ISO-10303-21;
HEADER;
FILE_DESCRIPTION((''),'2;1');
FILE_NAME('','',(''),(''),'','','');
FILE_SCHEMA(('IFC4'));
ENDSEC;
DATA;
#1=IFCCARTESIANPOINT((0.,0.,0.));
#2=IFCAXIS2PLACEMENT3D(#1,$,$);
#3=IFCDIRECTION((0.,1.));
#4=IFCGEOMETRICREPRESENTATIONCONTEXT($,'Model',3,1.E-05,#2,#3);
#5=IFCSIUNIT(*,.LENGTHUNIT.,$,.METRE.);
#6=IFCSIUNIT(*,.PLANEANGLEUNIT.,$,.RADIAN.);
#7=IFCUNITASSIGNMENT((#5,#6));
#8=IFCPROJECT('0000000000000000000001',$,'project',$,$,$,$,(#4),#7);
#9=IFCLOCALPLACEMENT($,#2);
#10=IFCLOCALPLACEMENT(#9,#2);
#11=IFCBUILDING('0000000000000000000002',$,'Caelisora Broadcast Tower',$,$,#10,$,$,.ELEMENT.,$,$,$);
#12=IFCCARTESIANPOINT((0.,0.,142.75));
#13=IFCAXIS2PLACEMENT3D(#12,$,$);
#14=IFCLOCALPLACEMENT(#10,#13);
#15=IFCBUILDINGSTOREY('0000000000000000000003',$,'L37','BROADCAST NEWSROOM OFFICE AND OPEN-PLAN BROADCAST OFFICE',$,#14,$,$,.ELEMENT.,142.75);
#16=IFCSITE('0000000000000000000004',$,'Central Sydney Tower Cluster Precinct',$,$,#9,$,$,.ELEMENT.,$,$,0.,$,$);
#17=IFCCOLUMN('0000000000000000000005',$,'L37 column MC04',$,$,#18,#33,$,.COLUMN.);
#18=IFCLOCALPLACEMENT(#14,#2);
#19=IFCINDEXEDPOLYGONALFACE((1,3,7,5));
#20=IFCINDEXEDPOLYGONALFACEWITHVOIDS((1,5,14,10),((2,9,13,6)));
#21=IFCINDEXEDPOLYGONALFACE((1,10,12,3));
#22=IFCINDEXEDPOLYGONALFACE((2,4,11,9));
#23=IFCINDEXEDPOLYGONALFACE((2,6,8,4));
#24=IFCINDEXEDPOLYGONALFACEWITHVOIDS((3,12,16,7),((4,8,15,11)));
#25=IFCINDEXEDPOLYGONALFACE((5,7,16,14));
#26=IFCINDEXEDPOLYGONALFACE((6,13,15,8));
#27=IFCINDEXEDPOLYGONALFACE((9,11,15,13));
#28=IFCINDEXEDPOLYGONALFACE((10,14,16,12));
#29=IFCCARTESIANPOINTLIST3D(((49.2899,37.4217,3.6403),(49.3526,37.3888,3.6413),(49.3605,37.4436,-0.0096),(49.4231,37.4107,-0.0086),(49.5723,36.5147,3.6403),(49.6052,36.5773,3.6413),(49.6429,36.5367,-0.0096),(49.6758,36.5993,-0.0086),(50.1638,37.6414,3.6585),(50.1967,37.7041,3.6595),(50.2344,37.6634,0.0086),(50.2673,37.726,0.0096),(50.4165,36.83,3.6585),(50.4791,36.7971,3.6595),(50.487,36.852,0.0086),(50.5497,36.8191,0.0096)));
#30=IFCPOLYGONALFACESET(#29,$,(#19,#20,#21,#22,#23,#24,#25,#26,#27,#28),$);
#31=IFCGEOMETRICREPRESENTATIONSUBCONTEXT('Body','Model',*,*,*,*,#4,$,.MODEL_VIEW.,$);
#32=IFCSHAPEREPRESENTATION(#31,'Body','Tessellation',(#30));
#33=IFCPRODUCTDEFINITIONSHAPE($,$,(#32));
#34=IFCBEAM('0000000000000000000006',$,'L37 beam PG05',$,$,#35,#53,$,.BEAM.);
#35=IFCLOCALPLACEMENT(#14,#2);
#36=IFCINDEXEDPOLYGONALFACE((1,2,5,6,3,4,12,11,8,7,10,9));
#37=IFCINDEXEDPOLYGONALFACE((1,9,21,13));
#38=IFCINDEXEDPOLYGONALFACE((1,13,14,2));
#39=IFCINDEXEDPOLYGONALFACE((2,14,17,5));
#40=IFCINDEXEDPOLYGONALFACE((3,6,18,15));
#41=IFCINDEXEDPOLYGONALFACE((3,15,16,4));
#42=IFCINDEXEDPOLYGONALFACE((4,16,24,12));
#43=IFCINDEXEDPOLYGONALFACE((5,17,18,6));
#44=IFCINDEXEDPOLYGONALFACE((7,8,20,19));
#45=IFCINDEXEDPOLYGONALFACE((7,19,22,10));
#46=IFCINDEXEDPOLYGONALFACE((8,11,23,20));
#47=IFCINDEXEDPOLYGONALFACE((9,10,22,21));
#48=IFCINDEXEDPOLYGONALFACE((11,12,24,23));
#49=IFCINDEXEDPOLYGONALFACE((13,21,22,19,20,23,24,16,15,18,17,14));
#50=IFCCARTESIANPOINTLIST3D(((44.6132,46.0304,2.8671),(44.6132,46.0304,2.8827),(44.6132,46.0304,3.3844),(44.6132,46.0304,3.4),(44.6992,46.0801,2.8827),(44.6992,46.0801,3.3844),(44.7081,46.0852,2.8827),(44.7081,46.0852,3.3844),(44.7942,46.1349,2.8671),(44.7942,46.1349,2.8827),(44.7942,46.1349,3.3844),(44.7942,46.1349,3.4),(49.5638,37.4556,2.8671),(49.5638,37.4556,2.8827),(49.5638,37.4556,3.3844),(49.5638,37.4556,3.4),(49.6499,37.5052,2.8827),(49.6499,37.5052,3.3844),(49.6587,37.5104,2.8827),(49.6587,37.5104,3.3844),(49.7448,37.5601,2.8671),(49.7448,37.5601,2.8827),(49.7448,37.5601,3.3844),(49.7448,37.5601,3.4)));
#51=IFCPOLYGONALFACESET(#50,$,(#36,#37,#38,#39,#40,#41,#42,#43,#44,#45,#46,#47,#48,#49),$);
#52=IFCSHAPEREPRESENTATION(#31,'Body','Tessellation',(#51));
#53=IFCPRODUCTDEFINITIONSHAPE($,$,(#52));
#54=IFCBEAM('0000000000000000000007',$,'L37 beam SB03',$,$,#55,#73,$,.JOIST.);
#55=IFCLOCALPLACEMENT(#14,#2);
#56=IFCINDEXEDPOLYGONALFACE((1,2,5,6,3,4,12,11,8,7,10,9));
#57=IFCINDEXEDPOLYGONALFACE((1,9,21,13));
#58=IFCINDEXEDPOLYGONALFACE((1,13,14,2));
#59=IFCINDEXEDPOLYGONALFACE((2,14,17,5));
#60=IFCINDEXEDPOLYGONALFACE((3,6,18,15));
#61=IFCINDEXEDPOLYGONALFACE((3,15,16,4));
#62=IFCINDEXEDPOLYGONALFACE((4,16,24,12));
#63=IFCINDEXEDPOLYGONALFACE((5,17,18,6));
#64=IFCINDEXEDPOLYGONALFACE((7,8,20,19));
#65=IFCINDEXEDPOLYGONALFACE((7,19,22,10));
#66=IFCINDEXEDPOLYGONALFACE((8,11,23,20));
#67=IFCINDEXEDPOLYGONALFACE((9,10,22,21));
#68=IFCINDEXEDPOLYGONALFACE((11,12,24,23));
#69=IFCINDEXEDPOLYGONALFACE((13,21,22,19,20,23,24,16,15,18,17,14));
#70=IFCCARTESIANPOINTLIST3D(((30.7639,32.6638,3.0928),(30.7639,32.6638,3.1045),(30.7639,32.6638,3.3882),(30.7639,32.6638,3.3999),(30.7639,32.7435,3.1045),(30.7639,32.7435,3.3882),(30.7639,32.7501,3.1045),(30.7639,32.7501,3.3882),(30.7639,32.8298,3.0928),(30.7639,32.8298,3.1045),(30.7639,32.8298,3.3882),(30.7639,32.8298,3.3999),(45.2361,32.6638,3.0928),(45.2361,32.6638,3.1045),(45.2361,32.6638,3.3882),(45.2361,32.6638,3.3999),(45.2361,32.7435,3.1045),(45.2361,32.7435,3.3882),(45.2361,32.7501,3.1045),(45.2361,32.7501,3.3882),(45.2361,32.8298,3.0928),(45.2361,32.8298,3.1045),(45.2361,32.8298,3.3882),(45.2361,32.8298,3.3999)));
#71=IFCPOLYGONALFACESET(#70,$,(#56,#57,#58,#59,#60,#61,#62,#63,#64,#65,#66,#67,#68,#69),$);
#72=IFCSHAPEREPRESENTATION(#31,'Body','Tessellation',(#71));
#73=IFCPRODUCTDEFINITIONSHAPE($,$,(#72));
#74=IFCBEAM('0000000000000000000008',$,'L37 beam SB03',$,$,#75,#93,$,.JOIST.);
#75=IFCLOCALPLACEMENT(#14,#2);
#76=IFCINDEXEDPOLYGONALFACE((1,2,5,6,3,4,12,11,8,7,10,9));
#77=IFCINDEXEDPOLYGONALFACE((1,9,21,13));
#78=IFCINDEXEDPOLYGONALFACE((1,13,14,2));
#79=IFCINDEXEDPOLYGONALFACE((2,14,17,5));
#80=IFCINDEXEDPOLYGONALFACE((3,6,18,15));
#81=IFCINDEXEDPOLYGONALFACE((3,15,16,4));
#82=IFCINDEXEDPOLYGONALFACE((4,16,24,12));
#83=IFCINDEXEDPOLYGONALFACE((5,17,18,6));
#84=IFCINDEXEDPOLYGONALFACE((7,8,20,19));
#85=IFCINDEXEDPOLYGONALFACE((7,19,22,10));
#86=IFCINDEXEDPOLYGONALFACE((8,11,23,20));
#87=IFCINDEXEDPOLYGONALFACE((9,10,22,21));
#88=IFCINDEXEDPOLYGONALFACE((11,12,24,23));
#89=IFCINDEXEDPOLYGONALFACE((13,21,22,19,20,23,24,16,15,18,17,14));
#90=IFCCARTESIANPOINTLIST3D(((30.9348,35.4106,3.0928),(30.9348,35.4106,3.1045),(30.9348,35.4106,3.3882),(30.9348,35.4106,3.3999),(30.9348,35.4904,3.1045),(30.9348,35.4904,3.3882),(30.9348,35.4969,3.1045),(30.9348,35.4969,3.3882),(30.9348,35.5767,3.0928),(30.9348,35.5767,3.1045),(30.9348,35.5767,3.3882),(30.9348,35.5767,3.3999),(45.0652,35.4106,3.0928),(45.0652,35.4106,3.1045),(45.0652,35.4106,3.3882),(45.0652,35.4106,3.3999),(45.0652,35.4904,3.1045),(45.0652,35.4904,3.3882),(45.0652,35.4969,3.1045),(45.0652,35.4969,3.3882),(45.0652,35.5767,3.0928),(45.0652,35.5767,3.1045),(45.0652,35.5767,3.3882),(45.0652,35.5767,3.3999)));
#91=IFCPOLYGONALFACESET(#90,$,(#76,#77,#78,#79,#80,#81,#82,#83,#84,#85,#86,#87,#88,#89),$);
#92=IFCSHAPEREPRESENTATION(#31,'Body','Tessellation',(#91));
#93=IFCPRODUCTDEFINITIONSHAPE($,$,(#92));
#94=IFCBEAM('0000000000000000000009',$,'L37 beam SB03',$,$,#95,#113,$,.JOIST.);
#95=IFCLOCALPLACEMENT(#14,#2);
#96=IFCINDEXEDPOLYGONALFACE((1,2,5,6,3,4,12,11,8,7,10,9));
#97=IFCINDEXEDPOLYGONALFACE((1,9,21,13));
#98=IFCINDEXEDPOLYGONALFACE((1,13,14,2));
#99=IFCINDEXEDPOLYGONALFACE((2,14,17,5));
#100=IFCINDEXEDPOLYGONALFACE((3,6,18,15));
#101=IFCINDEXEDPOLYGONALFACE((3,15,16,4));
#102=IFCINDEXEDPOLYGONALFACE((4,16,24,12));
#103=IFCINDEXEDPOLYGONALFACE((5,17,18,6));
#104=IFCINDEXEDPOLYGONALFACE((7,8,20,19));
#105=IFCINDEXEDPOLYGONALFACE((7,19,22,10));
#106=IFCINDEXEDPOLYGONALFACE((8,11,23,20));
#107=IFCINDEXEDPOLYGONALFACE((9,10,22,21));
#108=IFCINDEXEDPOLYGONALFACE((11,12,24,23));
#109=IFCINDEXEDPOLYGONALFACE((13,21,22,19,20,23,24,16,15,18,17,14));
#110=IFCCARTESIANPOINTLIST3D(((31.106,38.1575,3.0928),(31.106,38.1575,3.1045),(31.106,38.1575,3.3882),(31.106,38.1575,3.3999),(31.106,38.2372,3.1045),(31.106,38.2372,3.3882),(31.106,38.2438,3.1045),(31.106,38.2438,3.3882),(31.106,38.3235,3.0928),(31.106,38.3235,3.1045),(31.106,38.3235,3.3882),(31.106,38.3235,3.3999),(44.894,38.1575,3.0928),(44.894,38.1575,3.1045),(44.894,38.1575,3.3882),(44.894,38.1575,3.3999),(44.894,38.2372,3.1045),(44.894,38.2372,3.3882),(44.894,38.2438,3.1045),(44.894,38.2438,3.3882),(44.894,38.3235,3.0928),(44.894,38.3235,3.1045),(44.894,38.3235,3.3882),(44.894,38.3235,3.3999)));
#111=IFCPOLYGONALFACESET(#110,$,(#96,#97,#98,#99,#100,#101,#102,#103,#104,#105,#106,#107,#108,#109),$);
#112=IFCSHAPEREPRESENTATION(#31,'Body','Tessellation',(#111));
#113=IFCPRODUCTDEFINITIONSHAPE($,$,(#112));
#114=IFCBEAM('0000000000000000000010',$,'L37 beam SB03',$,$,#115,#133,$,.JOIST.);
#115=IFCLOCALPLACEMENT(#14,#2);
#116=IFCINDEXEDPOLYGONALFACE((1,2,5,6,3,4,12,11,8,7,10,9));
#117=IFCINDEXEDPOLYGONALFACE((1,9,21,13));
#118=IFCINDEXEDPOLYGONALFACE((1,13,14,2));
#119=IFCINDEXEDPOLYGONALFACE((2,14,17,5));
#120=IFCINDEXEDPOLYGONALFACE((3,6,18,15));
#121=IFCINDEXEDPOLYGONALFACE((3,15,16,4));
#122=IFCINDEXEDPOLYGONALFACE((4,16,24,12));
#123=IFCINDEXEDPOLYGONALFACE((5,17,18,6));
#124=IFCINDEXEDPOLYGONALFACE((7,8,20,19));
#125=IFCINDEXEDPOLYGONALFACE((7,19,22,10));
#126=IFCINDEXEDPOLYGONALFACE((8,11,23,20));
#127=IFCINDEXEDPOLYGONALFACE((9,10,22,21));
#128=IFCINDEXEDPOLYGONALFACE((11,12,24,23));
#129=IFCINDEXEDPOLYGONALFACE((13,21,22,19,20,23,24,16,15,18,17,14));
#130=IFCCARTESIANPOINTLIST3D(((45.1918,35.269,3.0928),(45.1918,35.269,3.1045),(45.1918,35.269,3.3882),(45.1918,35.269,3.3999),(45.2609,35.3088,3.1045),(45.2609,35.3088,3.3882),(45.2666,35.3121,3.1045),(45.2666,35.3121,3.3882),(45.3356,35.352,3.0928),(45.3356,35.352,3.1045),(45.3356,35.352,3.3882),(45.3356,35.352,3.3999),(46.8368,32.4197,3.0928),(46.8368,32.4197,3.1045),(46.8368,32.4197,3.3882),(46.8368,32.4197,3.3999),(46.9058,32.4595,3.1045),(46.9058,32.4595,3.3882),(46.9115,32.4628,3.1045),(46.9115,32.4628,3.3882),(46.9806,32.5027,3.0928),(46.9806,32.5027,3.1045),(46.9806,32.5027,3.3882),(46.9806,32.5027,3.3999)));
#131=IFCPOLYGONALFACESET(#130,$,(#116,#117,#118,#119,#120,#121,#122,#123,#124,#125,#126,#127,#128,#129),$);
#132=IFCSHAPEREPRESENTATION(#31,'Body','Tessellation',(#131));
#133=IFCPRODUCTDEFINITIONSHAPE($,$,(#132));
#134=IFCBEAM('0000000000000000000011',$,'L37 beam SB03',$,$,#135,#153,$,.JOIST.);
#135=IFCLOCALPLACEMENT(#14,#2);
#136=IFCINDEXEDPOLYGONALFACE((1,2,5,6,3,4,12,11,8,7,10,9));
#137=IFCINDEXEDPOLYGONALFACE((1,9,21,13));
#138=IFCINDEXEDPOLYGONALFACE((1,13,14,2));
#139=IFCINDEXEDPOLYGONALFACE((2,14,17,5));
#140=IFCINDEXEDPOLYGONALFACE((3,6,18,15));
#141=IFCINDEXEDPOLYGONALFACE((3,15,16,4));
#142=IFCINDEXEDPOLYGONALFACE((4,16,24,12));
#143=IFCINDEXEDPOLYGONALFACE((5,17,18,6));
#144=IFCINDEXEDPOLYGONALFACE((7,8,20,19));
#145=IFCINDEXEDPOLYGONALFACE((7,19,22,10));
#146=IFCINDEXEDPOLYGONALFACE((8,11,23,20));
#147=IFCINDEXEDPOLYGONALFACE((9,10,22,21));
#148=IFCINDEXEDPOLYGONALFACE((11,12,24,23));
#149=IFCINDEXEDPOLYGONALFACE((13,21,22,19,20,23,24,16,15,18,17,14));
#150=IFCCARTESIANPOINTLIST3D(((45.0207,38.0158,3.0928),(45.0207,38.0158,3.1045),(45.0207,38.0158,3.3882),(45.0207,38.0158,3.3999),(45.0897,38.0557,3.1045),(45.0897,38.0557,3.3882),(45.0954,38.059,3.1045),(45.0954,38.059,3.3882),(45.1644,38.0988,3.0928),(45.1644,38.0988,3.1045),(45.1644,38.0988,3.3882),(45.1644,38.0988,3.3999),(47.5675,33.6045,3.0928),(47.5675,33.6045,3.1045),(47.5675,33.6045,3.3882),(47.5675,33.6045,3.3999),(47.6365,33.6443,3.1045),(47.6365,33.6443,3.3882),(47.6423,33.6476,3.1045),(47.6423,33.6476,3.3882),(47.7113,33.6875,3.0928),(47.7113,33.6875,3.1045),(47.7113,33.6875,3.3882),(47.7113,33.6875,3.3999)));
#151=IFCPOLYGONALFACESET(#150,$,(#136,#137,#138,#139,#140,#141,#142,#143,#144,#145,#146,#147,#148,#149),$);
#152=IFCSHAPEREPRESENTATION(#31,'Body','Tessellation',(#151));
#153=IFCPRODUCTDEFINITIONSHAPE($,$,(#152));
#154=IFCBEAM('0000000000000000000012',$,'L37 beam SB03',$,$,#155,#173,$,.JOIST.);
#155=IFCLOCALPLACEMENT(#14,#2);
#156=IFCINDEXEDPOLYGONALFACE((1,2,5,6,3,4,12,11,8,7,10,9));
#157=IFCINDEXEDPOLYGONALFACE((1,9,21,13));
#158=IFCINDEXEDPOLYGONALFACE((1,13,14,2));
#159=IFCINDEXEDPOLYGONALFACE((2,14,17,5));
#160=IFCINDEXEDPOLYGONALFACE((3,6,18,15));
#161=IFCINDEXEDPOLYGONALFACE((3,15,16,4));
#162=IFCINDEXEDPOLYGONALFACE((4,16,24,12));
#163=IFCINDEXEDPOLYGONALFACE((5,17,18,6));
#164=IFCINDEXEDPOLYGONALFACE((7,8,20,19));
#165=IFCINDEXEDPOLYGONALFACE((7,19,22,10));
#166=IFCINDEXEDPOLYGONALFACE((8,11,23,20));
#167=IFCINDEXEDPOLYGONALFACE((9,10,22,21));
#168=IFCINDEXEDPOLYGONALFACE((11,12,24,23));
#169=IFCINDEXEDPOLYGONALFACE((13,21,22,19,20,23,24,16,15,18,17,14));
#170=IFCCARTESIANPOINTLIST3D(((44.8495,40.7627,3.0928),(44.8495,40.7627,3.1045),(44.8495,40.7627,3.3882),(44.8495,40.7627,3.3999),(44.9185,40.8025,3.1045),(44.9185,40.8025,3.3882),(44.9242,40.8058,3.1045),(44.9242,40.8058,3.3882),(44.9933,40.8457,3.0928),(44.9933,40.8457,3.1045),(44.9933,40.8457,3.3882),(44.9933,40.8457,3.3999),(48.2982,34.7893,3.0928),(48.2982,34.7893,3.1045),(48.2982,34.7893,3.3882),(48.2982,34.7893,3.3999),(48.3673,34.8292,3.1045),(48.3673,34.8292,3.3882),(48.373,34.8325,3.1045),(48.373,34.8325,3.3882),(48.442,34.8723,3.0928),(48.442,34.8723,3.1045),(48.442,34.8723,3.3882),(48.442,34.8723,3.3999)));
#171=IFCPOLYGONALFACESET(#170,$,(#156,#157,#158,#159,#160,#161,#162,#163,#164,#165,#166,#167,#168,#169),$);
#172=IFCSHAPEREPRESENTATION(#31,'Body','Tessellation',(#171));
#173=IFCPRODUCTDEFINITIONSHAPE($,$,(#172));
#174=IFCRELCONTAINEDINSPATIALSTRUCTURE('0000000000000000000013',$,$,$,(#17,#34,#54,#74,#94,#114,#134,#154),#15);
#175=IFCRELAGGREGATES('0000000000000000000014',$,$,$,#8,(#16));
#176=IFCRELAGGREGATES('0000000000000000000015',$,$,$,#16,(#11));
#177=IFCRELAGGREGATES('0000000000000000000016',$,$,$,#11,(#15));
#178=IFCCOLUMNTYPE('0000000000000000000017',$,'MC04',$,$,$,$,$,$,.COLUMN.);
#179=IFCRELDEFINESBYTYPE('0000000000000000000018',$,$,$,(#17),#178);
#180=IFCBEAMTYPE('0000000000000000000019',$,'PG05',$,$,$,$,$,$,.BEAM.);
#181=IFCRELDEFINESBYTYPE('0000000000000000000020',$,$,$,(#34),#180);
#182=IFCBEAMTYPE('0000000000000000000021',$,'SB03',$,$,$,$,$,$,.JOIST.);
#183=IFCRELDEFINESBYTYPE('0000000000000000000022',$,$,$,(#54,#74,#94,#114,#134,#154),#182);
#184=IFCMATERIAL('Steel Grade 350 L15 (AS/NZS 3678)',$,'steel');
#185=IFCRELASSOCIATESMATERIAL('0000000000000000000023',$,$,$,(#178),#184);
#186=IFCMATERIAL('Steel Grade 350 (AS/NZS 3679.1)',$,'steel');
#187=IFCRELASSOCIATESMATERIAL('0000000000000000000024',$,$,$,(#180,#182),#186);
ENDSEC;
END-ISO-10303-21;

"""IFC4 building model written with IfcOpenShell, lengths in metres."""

from ifc_helpers import new_model, si_unit, direction, frame, origin, origin_2d, place, context, subcontext, project, spatial, hollow_rectangle, i_section, extrude, source, transform, mapped, material, material_profile, profile_set, type_object, type_shapes, element, save


model = new_model("IFC4")

# Units and contexts
model_context = context("Model", 3, precision=1e-05, world=origin(), true_north=direction((0.0, 1.0)))
body_context = subcontext(model_context, "Body", "Model", "MODEL_VIEW")
ifc_project = project(units=[si_unit("LENGTHUNIT", "METRE"), si_unit("PLANEANGLEUNIT", "RADIAN")], contexts=[model_context])

# Site, building, storey
site_placement = place(None, origin())
site = spatial("IfcSite", under=ifc_project, at=site_placement, Name="Central Sydney Tower Cluster Precinct", CompositionType="ELEMENT", RefElevation=0.0)
building_placement = place(site_placement, origin())
building = spatial("IfcBuilding", under=site, at=building_placement, Name="Caelisora Broadcast Tower", CompositionType="ELEMENT")
storey_placement = place(building_placement, frame((0.0, 0.0, 142.75)))
storey = spatial("IfcBuildingStorey", under=building, at=storey_placement, Name="L37", Description="BROADCAST NEWSROOM OFFICE AND OPEN-PLAN BROADCAST OFFICE", CompositionType="ELEMENT", Elevation=142.75)

# Column
ifc_material_1 = material(Name="Steel Grade 350 L15 (AS/NZS 3678)", Category="steel")
ifc_material_profile_1 = material_profile(ifc_material_1, hollow_rectangle(XDim=0.95, YDim=0.95, WallThickness=0.05, at=origin_2d()), Name="Steel Grade 350 L15 (AS/NZS 3678)")
ifc_profile_set_1 = profile_set([ifc_material_profile_1], Name="Steel Grade 350 L15 (AS/NZS 3678)")
column_type = type_object("IfcColumnType", Name="MC04", PredefinedType="COLUMN", material=ifc_profile_set_1)
shared_shape_1 = source(origin(), body_context, "Body", "SweptSolid", [
    extrude(hollow_rectangle(XDim=0.95, YDim=0.95, WallThickness=0.05, at=origin_2d()), origin(), (0.0, 0.0, 1.0), 3.6506),
])
type_shapes(column_type, [shared_shape_1])
column_placement = place(storey_placement, frame((49.9551, 37.1313, 0.0), z_axis=(-0.019327, -0.006019, 0.999795), x_axis=(0.297334, -0.954773, 0.0)))
element("IfcColumn", 1, at=column_placement, inside=storey, type_object=column_type, Name="L37 column MC04", PredefinedType="COLUMN", context=body_context, shape_type="MappedRepresentation", body=[
    mapped(shared_shape_1, transform((0.0, 0.0, 0.0), scale=1.0)),
])

# Beams
ifc_material_2 = material(Name="Steel Grade 350 (AS/NZS 3679.1)", Category="steel")
ifc_material_profile_2 = material_profile(ifc_material_2, i_section(OverallWidth=0.209, OverallDepth=0.533, WebThickness=0.0103, FlangeThickness=0.0156, at=origin_2d()), Name="Steel Grade 350 (AS/NZS 3679.1)")
ifc_profile_set_2 = profile_set([ifc_material_profile_2], Name="Steel Grade 350 (AS/NZS 3679.1)")
beam_type_1 = type_object("IfcBeamType", Name="PG05", PredefinedType="BEAM", material=ifc_profile_set_2)
shared_shape_2 = source(origin(), body_context, "Body", "SweptSolid", [
    extrude(i_section(OverallWidth=0.209, OverallDepth=0.533, WebThickness=0.0103, FlangeThickness=0.0156, at=origin_2d()), origin(), (0.0, 0.0, 1.0), 9.9014),
])
type_shapes(beam_type_1, [shared_shape_2])
beam_1_placement = place(storey_placement, frame((49.6543, 37.5078, 3.1335), z_axis=(-0.499995, 0.866028, 0.0), x_axis=(-0.866028, -0.499995, 0.0)))
element("IfcBeam", 2, at=beam_1_placement, inside=storey, type_object=beam_type_1, Name="L37 beam PG05", PredefinedType="BEAM", context=body_context, shape_type="MappedRepresentation", body=[
    mapped(shared_shape_2, transform((0.0, 0.0, 0.0), scale=1.0)),
])
ifc_material_profile_3 = material_profile(ifc_material_2, i_section(OverallWidth=0.166, OverallDepth=0.3071, WebThickness=0.0066, FlangeThickness=0.0117, at=origin_2d()), Name="Steel Grade 350 (AS/NZS 3679.1)")
ifc_profile_set_3 = profile_set([ifc_material_profile_3], Name="Steel Grade 350 (AS/NZS 3679.1)")
beam_type_2 = type_object("IfcBeamType", Name="SB03", PredefinedType="JOIST", material=ifc_profile_set_3)
shared_shape_3 = source(origin(), body_context, "Body", "SweptSolid", [
    extrude(i_section(OverallWidth=0.166, OverallDepth=0.3071, WebThickness=0.0066, FlangeThickness=0.0117, at=origin_2d()), origin(), (0.0, 0.0, 1.0), 14.4722),
])
beam_2_placement = place(storey_placement, frame((45.2361, 32.7468, 3.2463), z_axis=(-1.0, 0.0, 0.0), x_axis=(0.0, -1.0, 0.0)))
element("IfcBeam", 3, at=beam_2_placement, inside=storey, type_object=beam_type_2, Name="L37 beam SB03", PredefinedType="JOIST", context=body_context, shape_type="MappedRepresentation", body=[
    mapped(shared_shape_3, transform((0.0, 0.0, 0.0), scale=1.0)),
])
shared_shape_4 = source(origin(), body_context, "Body", "SweptSolid", [
    extrude(i_section(OverallWidth=0.166, OverallDepth=0.3071, WebThickness=0.0066, FlangeThickness=0.0117, at=origin_2d()), origin(), (0.0, 0.0, 1.0), 14.1304),
])
beam_3_placement = place(storey_placement, frame((45.0652, 35.4937, 3.2463), z_axis=(-1.0, 0.0, 0.0), x_axis=(0.0, -1.0, 0.0)))
element("IfcBeam", 4, at=beam_3_placement, inside=storey, type_object=beam_type_2, Name="L37 beam SB03", PredefinedType="JOIST", context=body_context, shape_type="MappedRepresentation", body=[
    mapped(shared_shape_4, transform((0.0, 0.0, 0.0), scale=1.0)),
])
shared_shape_5 = source(origin(), body_context, "Body", "SweptSolid", [
    extrude(i_section(OverallWidth=0.166, OverallDepth=0.3071, WebThickness=0.0066, FlangeThickness=0.0117, at=origin_2d()), origin(), (0.0, 0.0, 1.0), 13.7881),
])
beam_4_placement = place(storey_placement, frame((44.894, 38.2405, 3.2463), z_axis=(-1.0, 0.0, 0.0), x_axis=(0.0, -1.0, 0.0)))
element("IfcBeam", 5, at=beam_4_placement, inside=storey, type_object=beam_type_2, Name="L37 beam SB03", PredefinedType="JOIST", context=body_context, shape_type="MappedRepresentation", body=[
    mapped(shared_shape_5, transform((0.0, 0.0, 0.0), scale=1.0)),
])
shared_shape_6 = source(origin(), body_context, "Body", "SweptSolid", [
    extrude(i_section(OverallWidth=0.166, OverallDepth=0.3071, WebThickness=0.0066, FlangeThickness=0.0117, at=origin_2d()), origin(), (0.0, 0.0, 1.0), 3.29),
])
beam_5_placement = place(storey_placement, frame((46.9087, 32.4612, 3.2463), z_axis=(-0.499986, 0.866034, 0.0), x_axis=(-0.866034, -0.499986, 0.0)))
element("IfcBeam", 6, at=beam_5_placement, inside=storey, type_object=beam_type_2, Name="L37 beam SB03", PredefinedType="JOIST", context=body_context, shape_type="MappedRepresentation", body=[
    mapped(shared_shape_6, transform((0.0, 0.0, 0.0), scale=1.0)),
])
shared_shape_7 = source(origin(), body_context, "Body", "SweptSolid", [
    extrude(i_section(OverallWidth=0.166, OverallDepth=0.3071, WebThickness=0.0066, FlangeThickness=0.0117, at=origin_2d()), origin(), (0.0, 0.0, 1.0), 5.0938),
])
beam_6_placement = place(storey_placement, frame((47.6394, 33.646, 3.2463), z_axis=(-0.499995, 0.866028, 0.0), x_axis=(-0.866028, -0.499995, 0.0)))
element("IfcBeam", 7, at=beam_6_placement, inside=storey, type_object=beam_type_2, Name="L37 beam SB03", PredefinedType="JOIST", context=body_context, shape_type="MappedRepresentation", body=[
    mapped(shared_shape_7, transform((0.0, 0.0, 0.0), scale=1.0)),
])
shared_shape_8 = source(origin(), body_context, "Body", "SweptSolid", [
    extrude(i_section(OverallWidth=0.166, OverallDepth=0.3071, WebThickness=0.0066, FlangeThickness=0.0117, at=origin_2d()), origin(), (0.0, 0.0, 1.0), 6.8975),
])
beam_7_placement = place(storey_placement, frame((48.3701, 34.8308, 3.2463), z_axis=(-0.499999, 0.866026, 0.0), x_axis=(-0.866026, -0.499999, 0.0)))
element("IfcBeam", 8, at=beam_7_placement, inside=storey, type_object=beam_type_2, Name="L37 beam SB03", PredefinedType="JOIST", context=body_context, shape_type="MappedRepresentation", body=[
    mapped(shared_shape_8, transform((0.0, 0.0, 0.0), scale=1.0)),
])

save(model, "model.ifc")
